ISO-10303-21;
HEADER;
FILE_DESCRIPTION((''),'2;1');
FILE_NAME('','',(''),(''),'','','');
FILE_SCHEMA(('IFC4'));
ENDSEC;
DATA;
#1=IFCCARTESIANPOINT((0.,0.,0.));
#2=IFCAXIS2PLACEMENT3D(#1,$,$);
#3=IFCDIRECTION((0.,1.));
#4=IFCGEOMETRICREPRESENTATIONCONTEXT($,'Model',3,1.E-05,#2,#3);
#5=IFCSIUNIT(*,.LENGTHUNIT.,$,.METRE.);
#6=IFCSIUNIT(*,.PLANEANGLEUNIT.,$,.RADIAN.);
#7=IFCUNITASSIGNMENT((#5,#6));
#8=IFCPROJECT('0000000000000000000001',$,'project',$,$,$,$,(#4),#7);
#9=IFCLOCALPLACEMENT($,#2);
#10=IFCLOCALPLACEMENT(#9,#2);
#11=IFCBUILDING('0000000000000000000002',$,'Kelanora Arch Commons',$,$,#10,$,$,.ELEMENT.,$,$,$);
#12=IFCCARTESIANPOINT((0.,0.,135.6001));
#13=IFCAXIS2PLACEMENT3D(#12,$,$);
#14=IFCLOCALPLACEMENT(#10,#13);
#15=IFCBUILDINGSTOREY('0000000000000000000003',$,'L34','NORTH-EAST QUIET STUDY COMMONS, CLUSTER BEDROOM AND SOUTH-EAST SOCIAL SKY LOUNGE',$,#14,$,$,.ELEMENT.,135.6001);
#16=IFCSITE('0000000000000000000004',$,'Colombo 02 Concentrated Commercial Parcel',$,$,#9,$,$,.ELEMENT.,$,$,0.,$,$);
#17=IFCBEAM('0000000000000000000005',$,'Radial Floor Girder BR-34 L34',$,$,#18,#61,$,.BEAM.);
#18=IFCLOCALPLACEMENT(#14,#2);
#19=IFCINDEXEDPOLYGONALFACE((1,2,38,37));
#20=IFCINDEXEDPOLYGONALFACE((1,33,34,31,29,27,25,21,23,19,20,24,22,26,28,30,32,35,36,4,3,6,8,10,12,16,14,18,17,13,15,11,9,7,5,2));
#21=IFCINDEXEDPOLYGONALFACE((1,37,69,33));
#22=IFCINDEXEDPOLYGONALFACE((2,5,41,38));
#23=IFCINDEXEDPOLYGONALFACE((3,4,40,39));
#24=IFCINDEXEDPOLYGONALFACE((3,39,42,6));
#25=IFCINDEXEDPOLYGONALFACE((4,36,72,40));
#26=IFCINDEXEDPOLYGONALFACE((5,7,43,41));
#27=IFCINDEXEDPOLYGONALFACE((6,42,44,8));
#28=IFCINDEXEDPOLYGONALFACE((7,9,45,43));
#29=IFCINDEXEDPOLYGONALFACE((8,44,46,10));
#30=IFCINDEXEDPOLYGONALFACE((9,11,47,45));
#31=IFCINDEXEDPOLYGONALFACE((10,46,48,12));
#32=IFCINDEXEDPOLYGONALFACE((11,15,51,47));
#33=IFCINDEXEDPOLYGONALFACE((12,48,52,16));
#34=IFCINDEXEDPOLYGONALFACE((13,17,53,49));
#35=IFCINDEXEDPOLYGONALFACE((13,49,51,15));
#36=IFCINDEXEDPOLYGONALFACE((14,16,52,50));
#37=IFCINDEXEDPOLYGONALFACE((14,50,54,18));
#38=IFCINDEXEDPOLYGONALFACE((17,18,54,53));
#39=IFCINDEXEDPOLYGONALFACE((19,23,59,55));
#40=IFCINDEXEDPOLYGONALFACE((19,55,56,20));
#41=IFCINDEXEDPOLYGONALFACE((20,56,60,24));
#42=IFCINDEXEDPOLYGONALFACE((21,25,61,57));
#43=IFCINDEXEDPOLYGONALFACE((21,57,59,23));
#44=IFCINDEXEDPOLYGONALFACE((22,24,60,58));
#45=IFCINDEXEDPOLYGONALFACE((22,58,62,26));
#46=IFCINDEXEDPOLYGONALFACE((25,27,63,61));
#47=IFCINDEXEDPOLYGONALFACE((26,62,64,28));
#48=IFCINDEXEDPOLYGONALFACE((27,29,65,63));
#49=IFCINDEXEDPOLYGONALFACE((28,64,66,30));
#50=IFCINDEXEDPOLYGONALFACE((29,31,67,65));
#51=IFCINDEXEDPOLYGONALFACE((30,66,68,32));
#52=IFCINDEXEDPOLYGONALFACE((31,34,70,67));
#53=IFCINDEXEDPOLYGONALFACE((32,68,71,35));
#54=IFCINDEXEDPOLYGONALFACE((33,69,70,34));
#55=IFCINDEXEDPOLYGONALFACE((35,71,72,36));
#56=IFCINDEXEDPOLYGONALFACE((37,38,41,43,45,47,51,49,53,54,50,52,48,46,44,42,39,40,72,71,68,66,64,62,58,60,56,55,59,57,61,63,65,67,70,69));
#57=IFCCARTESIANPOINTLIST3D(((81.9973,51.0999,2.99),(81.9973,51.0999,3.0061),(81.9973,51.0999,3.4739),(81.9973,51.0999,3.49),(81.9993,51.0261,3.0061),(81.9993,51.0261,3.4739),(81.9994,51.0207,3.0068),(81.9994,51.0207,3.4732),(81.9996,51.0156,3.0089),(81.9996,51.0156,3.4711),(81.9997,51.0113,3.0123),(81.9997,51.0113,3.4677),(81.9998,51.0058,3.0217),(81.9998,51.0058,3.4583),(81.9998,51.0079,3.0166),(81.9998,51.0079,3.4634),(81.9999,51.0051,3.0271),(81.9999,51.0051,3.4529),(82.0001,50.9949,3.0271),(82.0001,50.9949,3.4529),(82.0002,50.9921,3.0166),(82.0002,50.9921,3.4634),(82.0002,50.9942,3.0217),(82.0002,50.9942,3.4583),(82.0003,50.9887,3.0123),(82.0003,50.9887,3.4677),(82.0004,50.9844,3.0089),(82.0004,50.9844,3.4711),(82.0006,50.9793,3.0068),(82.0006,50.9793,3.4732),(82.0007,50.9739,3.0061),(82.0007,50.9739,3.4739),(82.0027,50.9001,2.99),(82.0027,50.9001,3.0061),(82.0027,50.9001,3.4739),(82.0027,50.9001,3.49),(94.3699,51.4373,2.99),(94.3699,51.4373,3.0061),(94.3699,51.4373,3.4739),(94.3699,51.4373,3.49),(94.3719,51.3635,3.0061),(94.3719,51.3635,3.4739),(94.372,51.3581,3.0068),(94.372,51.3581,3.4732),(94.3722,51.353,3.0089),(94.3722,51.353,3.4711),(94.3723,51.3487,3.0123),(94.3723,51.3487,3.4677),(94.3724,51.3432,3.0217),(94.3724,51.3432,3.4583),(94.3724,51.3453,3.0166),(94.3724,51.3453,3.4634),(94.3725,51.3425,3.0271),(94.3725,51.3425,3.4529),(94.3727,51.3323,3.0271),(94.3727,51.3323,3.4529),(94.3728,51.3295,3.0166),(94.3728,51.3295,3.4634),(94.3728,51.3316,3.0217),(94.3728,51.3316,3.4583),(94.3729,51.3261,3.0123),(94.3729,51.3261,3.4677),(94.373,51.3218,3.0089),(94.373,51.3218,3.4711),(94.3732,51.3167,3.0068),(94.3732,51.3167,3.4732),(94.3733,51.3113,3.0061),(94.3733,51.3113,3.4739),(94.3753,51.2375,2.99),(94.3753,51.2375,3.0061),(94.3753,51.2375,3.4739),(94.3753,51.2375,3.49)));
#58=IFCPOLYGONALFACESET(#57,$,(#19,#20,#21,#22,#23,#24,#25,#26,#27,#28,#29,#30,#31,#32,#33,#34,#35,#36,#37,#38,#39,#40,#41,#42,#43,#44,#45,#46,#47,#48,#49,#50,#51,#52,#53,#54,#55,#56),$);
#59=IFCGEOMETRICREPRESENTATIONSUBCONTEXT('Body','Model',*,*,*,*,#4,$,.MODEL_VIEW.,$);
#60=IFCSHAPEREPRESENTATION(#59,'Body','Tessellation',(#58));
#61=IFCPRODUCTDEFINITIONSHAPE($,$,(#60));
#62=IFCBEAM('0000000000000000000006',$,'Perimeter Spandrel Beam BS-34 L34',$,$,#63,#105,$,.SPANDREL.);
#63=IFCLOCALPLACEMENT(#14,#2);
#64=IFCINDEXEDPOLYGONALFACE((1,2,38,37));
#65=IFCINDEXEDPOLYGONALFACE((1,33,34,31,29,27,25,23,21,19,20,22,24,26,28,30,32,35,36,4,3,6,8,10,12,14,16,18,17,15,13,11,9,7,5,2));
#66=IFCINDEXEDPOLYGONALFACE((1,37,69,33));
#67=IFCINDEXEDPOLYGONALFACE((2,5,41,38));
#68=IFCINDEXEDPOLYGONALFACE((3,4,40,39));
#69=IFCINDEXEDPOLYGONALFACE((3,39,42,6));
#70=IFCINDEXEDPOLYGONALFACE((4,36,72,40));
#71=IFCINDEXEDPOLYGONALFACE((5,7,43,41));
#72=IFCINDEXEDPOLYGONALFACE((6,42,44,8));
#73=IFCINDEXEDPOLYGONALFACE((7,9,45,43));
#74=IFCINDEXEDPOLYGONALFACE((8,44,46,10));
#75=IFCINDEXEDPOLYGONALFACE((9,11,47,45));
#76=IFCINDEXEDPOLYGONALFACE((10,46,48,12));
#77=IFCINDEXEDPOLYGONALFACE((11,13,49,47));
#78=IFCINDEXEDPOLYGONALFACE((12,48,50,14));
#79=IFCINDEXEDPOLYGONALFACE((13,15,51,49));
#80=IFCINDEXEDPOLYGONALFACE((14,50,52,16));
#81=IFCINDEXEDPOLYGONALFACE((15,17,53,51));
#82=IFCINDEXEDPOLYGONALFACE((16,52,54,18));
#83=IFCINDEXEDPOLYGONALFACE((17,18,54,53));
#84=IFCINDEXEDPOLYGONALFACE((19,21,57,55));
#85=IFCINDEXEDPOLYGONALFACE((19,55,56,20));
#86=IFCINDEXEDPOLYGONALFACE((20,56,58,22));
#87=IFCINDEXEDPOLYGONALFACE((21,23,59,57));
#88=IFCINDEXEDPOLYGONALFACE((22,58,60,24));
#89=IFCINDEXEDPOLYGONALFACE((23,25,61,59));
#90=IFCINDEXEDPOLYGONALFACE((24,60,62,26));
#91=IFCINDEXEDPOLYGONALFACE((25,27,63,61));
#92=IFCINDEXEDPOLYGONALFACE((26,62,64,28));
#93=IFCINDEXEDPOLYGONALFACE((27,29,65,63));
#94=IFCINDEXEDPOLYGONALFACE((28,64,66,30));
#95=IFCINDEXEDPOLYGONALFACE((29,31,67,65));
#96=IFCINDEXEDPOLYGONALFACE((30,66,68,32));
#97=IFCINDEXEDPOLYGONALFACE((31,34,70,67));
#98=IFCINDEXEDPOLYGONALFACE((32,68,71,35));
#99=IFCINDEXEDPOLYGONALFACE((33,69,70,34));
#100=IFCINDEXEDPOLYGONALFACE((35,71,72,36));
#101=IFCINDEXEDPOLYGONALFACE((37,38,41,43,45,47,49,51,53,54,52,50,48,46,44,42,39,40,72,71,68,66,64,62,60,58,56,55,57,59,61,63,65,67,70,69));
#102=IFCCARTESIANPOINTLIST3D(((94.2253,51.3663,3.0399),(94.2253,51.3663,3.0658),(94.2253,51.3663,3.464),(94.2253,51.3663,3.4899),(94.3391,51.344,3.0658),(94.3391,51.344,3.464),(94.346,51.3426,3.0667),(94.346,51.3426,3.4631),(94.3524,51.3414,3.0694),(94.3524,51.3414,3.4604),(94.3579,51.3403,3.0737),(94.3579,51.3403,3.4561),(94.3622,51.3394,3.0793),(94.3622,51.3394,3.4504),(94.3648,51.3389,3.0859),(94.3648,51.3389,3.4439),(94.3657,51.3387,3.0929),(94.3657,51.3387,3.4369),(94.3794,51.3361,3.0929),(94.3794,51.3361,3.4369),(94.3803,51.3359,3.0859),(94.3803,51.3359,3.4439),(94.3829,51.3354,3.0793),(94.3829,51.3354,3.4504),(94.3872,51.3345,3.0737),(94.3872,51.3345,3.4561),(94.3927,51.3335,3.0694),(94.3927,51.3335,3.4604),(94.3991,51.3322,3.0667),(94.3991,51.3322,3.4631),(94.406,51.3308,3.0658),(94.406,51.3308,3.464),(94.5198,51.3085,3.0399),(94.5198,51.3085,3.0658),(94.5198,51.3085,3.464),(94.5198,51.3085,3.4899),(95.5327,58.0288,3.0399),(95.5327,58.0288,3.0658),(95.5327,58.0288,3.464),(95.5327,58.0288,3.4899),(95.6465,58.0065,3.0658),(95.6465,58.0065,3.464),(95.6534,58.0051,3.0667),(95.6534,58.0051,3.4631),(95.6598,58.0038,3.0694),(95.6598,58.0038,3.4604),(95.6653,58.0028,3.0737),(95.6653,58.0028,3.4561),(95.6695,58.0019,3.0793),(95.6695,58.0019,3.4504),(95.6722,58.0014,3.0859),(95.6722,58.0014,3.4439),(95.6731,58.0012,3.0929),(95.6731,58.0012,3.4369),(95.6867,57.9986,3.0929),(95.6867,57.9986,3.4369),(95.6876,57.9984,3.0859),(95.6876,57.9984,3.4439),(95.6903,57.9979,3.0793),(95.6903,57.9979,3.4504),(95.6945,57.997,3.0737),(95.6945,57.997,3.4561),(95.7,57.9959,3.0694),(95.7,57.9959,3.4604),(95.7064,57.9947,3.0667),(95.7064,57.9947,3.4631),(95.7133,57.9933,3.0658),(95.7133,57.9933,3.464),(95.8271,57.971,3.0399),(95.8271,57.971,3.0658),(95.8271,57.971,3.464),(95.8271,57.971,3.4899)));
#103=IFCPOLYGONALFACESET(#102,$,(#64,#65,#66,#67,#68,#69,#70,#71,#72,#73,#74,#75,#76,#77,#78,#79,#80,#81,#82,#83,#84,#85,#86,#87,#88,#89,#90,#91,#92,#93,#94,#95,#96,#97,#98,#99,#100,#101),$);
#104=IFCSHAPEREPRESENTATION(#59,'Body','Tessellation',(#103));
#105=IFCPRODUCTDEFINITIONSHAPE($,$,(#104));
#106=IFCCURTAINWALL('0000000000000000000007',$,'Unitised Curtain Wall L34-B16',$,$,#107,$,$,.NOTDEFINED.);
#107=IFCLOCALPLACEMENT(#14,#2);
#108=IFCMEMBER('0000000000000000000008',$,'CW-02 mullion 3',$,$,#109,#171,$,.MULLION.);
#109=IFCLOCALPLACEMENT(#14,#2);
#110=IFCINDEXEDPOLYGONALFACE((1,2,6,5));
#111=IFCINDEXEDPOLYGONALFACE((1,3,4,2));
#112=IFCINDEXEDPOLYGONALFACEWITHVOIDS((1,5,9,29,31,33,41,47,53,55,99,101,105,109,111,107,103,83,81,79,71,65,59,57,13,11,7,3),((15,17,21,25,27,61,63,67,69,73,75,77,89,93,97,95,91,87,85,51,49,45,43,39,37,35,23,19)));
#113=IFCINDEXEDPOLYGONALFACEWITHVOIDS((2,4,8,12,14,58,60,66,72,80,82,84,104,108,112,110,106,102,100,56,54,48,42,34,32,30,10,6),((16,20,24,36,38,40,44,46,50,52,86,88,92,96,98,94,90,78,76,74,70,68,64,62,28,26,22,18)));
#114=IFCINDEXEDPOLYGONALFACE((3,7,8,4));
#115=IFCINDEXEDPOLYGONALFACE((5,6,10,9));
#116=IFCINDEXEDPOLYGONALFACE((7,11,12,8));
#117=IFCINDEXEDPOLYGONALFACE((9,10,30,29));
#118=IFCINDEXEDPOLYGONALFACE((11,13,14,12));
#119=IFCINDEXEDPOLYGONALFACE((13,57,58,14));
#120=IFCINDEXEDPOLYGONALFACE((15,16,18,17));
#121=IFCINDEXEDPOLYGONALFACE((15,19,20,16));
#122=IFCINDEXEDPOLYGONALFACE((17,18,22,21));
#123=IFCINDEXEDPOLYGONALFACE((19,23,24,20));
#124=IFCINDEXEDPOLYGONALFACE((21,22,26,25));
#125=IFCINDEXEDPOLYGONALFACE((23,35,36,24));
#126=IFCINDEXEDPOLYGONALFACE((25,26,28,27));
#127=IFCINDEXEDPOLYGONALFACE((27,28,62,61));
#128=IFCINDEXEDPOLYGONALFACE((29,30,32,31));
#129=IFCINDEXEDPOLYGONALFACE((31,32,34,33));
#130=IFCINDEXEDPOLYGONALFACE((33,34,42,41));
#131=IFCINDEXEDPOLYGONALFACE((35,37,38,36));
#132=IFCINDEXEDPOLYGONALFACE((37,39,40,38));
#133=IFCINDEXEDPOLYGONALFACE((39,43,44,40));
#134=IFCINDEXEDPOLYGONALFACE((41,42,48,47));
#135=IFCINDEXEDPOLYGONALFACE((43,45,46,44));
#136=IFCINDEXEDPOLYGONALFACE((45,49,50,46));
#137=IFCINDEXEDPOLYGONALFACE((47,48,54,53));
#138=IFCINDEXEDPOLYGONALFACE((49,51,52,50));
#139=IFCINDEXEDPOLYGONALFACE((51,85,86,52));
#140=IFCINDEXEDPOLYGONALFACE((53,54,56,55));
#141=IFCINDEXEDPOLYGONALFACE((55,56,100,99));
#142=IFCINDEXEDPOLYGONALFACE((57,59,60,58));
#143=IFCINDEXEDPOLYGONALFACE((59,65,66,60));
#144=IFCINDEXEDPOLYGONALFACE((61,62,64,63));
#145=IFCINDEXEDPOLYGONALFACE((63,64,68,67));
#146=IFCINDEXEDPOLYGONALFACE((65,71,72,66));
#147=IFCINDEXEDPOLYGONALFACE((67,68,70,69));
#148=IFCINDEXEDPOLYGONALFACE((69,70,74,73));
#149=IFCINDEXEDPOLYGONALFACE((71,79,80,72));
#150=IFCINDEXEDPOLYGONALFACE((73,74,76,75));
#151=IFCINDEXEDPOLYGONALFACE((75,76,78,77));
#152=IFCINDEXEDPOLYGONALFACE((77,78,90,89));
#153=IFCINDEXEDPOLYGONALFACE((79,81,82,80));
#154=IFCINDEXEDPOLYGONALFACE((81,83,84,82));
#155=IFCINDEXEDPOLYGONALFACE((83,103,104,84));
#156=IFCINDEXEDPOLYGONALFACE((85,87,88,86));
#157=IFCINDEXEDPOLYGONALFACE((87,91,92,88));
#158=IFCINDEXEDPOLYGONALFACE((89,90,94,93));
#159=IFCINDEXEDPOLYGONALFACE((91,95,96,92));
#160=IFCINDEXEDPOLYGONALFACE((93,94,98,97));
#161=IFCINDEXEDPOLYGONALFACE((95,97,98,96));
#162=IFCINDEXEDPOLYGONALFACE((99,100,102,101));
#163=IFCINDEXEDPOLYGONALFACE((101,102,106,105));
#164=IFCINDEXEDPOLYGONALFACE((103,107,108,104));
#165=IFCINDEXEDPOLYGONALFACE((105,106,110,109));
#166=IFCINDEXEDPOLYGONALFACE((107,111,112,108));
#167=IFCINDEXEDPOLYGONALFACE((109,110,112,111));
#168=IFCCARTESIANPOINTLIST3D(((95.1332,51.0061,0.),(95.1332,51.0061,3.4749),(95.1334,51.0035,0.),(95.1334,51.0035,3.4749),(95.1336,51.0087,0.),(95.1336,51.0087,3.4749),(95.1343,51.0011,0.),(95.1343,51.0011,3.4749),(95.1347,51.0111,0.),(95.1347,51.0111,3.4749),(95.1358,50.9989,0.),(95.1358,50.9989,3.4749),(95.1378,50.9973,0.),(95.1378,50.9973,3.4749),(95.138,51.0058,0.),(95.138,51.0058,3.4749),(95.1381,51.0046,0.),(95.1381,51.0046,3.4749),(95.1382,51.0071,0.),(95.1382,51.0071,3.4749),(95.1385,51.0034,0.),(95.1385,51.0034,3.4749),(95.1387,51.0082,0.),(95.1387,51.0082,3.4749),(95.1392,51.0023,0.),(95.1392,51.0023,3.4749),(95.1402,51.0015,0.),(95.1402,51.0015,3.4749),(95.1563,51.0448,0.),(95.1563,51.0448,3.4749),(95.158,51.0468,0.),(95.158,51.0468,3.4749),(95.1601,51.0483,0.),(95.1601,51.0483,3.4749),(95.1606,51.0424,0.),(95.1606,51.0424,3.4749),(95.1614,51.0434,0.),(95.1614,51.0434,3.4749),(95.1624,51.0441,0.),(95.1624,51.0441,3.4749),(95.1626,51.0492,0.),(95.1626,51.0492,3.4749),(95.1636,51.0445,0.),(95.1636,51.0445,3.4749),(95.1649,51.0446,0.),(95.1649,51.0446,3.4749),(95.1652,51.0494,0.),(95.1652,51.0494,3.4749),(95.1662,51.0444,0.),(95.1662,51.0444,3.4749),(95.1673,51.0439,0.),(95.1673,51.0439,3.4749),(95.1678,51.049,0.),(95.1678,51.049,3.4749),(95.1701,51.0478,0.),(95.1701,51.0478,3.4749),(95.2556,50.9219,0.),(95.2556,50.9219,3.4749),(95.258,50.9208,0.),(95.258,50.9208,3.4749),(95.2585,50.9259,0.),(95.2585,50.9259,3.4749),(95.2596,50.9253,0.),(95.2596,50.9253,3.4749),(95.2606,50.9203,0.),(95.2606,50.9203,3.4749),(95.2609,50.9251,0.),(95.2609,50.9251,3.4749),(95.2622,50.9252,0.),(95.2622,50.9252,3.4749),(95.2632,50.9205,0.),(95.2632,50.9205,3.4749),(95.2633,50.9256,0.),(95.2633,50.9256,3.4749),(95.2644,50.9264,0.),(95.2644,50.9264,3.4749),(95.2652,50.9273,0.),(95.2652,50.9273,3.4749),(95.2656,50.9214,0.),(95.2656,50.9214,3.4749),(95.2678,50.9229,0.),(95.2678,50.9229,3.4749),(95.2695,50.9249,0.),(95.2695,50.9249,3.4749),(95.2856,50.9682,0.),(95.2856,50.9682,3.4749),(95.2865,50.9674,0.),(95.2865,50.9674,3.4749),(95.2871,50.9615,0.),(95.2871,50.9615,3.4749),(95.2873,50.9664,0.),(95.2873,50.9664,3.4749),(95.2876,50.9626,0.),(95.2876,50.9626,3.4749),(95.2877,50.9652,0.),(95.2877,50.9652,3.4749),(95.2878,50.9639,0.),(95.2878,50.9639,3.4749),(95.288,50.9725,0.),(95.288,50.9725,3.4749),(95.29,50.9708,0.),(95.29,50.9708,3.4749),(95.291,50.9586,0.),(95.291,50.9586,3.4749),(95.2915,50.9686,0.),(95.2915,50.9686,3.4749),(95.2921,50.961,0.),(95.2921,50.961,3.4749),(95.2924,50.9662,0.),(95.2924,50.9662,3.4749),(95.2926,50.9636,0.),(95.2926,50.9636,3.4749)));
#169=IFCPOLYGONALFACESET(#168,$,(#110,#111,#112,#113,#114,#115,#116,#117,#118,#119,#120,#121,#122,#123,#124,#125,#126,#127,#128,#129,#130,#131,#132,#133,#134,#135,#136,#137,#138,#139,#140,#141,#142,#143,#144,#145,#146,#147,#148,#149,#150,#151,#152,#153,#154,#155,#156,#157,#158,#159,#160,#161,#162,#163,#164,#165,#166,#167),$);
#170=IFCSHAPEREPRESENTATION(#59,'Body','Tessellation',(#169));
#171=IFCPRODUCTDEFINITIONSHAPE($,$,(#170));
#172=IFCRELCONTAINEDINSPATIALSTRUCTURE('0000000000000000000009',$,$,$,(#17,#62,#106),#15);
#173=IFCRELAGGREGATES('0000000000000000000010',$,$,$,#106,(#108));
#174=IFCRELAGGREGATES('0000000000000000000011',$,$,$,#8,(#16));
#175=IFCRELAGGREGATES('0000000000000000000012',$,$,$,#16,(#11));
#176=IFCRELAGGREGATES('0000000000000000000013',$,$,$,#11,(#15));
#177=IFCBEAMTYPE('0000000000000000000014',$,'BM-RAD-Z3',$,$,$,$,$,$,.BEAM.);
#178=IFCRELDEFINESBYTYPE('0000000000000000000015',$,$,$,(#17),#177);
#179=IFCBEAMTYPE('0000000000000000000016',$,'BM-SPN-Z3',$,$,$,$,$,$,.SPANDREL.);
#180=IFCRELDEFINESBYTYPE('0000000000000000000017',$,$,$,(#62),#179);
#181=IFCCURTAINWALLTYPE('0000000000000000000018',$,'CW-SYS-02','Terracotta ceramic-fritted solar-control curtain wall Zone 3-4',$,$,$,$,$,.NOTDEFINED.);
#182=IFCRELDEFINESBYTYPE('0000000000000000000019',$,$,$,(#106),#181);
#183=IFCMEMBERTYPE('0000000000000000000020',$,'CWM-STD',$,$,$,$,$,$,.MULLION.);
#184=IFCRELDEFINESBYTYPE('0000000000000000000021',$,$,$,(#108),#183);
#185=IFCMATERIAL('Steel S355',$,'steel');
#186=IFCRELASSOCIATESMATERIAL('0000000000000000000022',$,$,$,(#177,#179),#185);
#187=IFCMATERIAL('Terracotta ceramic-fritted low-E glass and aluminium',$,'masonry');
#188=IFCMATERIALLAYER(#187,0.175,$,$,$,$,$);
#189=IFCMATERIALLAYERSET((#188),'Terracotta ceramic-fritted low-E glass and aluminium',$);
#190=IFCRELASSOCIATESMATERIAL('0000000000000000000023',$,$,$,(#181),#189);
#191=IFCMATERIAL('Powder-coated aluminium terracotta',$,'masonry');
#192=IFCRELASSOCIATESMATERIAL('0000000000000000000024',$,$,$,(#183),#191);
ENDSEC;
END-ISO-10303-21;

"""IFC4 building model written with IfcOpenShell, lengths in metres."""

from ifc_helpers import new_model, si_unit, direction, frame, origin, origin_2d, place, context, subcontext, project, spatial, hollow_rectangle, i_section, extrude, material, layer, layer_set, material_profile, profile_set, type_object, element, aggregate, save


model = new_model("IFC4")

# Units and contexts
model_context = context("Model", 3, precision=1e-05, world=origin(), true_north=direction((0.0, 1.0)))
body_context = subcontext(model_context, "Body", "Model", "MODEL_VIEW")
ifc_project = project(units=[si_unit("LENGTHUNIT", "METRE"), si_unit("PLANEANGLEUNIT", "RADIAN")], contexts=[model_context])

# Site, building, storey
site_placement = place(None, origin())
site = spatial("IfcSite", under=ifc_project, at=site_placement, Name="Colombo 02 Concentrated Commercial Parcel", CompositionType="ELEMENT", RefElevation=0.0)
building_placement = place(site_placement, origin())
building = spatial("IfcBuilding", under=site, at=building_placement, Name="Kelanora Arch Commons", CompositionType="ELEMENT")
storey_placement = place(building_placement, frame((0.0, 0.0, 135.6001)))
storey = spatial("IfcBuildingStorey", under=building, at=storey_placement, Name="L34", Description="NORTH-EAST QUIET STUDY COMMONS, CLUSTER BEDROOM AND SOUTH-EAST SOCIAL SKY LOUNGE", CompositionType="ELEMENT", Elevation=135.6001)

# Beams
ifc_material_1 = material(Name="Steel S355", Category="steel")
ifc_material_profile_1 = material_profile(ifc_material_1, i_section(OverallWidth=0.2, OverallDepth=0.5, WebThickness=0.0103, FlangeThickness=0.0161, FilletRadius=0.021, at=origin_2d()), Name="IPE500")
ifc_profile_set_1 = profile_set([ifc_material_profile_1], Name="Steel S355")
beam_type_1 = type_object("IfcBeamType", Name="BM-RAD-Z3", PredefinedType="BEAM", material=ifc_profile_set_1)
beam_1_placement = place(storey_placement, frame((82.0, 51.0, 3.24), z_axis=(0.999628, 0.02726, 0.0), x_axis=(-0.02726, 0.999628, 0.0)))
element("IfcBeam", 1, at=beam_1_placement, inside=storey, type_object=beam_type_1, Name="Radial Floor Girder BR-34 L34", PredefinedType="BEAM", context=body_context, shape_type="SweptSolid", body=[
    extrude(i_section(OverallWidth=0.2, OverallDepth=0.5, WebThickness=0.0103, FlangeThickness=0.0161, FilletRadius=0.021, at=origin_2d()), origin(), (0.0, 0.0, 1.0), 12.3772),
])
ifc_material_profile_2 = material_profile(ifc_material_1, i_section(OverallWidth=0.3, OverallDepth=0.45, WebThickness=0.0139, FlangeThickness=0.0259, FilletRadius=0.0271, at=origin_2d()), Name="HEB450")
ifc_profile_set_2 = profile_set([ifc_material_profile_2], Name="Steel S355")
beam_type_2 = type_object("IfcBeamType", Name="BM-SPN-Z3", PredefinedType="SPANDREL", material=ifc_profile_set_2)
beam_2_placement = place(storey_placement, frame((94.3726, 51.3374, 3.2649), z_axis=(0.192554, 0.981286, 0.0), x_axis=(-0.981286, 0.192554, 0.0)))
element("IfcBeam", 2, at=beam_2_placement, inside=storey, type_object=beam_type_2, Name="Perimeter Spandrel Beam BS-34 L34", PredefinedType="SPANDREL", context=body_context, shape_type="SweptSolid", body=[
    extrude(i_section(OverallWidth=0.3, OverallDepth=0.45, WebThickness=0.0139, FlangeThickness=0.0259, FilletRadius=0.0271, at=origin_2d()), origin(), (0.0, 0.0, 1.0), 6.7896),
])

# Curtain wall, member
ifc_material_2 = material(Name="Terracotta ceramic-fritted low-E glass and aluminium", Category="masonry")
ifc_layer_1 = layer(ifc_material_2, 0.175)
ifc_layer_set_1 = layer_set([ifc_layer_1], Name="Terracotta ceramic-fritted low-E glass and aluminium")
curtain_wall_type = type_object("IfcCurtainWallType", Name="CW-SYS-02", Description="Terracotta ceramic-fritted solar-control curtain wall Zone 3-4", PredefinedType="NOTDEFINED", material=ifc_layer_set_1)
curtain_wall_placement = place(storey_placement, origin())
curtain_wall = element("IfcCurtainWall", 3, at=curtain_wall_placement, inside=storey, type_object=curtain_wall_type, Name="Unitised Curtain Wall L34-B16", PredefinedType="NOTDEFINED")
ifc_material_3 = material(Name="Powder-coated aluminium terracotta", Category="masonry")
ifc_material_profile_3 = material_profile(ifc_material_3, hollow_rectangle(XDim=0.1599, YDim=0.0601, WallThickness=0.0049, InnerFilletRadius=0.0049, OuterFilletRadius=0.01, at=origin_2d()), Name="CWM160x60")
ifc_profile_set_3 = profile_set([ifc_material_profile_3], Name="Powder-coated aluminium terracotta")
member_type_1 = type_object("IfcMemberType", Name="CWM-STD", PredefinedType="MULLION", material=ifc_profile_set_3)
member_1_placement = place(storey_placement, frame((95.2129, 50.9849, 0.0), z_axis=(0.0, 0.0, 1.0), x_axis=(-0.842423, 0.538817, 0.0)))
member_1 = element("IfcMember", 4, at=member_1_placement, type_object=member_type_1, Name="CW-02 mullion 3", PredefinedType="MULLION", context=body_context, shape_type="SweptSolid", body=[
    extrude(hollow_rectangle(XDim=0.1599, YDim=0.0601, WallThickness=0.0049, InnerFilletRadius=0.0049, OuterFilletRadius=0.01, at=origin_2d()), origin(), (0.0, 0.0, 1.0), 3.4749),
])
aggregate(curtain_wall, [member_1])

save(model, "model.ifc")
